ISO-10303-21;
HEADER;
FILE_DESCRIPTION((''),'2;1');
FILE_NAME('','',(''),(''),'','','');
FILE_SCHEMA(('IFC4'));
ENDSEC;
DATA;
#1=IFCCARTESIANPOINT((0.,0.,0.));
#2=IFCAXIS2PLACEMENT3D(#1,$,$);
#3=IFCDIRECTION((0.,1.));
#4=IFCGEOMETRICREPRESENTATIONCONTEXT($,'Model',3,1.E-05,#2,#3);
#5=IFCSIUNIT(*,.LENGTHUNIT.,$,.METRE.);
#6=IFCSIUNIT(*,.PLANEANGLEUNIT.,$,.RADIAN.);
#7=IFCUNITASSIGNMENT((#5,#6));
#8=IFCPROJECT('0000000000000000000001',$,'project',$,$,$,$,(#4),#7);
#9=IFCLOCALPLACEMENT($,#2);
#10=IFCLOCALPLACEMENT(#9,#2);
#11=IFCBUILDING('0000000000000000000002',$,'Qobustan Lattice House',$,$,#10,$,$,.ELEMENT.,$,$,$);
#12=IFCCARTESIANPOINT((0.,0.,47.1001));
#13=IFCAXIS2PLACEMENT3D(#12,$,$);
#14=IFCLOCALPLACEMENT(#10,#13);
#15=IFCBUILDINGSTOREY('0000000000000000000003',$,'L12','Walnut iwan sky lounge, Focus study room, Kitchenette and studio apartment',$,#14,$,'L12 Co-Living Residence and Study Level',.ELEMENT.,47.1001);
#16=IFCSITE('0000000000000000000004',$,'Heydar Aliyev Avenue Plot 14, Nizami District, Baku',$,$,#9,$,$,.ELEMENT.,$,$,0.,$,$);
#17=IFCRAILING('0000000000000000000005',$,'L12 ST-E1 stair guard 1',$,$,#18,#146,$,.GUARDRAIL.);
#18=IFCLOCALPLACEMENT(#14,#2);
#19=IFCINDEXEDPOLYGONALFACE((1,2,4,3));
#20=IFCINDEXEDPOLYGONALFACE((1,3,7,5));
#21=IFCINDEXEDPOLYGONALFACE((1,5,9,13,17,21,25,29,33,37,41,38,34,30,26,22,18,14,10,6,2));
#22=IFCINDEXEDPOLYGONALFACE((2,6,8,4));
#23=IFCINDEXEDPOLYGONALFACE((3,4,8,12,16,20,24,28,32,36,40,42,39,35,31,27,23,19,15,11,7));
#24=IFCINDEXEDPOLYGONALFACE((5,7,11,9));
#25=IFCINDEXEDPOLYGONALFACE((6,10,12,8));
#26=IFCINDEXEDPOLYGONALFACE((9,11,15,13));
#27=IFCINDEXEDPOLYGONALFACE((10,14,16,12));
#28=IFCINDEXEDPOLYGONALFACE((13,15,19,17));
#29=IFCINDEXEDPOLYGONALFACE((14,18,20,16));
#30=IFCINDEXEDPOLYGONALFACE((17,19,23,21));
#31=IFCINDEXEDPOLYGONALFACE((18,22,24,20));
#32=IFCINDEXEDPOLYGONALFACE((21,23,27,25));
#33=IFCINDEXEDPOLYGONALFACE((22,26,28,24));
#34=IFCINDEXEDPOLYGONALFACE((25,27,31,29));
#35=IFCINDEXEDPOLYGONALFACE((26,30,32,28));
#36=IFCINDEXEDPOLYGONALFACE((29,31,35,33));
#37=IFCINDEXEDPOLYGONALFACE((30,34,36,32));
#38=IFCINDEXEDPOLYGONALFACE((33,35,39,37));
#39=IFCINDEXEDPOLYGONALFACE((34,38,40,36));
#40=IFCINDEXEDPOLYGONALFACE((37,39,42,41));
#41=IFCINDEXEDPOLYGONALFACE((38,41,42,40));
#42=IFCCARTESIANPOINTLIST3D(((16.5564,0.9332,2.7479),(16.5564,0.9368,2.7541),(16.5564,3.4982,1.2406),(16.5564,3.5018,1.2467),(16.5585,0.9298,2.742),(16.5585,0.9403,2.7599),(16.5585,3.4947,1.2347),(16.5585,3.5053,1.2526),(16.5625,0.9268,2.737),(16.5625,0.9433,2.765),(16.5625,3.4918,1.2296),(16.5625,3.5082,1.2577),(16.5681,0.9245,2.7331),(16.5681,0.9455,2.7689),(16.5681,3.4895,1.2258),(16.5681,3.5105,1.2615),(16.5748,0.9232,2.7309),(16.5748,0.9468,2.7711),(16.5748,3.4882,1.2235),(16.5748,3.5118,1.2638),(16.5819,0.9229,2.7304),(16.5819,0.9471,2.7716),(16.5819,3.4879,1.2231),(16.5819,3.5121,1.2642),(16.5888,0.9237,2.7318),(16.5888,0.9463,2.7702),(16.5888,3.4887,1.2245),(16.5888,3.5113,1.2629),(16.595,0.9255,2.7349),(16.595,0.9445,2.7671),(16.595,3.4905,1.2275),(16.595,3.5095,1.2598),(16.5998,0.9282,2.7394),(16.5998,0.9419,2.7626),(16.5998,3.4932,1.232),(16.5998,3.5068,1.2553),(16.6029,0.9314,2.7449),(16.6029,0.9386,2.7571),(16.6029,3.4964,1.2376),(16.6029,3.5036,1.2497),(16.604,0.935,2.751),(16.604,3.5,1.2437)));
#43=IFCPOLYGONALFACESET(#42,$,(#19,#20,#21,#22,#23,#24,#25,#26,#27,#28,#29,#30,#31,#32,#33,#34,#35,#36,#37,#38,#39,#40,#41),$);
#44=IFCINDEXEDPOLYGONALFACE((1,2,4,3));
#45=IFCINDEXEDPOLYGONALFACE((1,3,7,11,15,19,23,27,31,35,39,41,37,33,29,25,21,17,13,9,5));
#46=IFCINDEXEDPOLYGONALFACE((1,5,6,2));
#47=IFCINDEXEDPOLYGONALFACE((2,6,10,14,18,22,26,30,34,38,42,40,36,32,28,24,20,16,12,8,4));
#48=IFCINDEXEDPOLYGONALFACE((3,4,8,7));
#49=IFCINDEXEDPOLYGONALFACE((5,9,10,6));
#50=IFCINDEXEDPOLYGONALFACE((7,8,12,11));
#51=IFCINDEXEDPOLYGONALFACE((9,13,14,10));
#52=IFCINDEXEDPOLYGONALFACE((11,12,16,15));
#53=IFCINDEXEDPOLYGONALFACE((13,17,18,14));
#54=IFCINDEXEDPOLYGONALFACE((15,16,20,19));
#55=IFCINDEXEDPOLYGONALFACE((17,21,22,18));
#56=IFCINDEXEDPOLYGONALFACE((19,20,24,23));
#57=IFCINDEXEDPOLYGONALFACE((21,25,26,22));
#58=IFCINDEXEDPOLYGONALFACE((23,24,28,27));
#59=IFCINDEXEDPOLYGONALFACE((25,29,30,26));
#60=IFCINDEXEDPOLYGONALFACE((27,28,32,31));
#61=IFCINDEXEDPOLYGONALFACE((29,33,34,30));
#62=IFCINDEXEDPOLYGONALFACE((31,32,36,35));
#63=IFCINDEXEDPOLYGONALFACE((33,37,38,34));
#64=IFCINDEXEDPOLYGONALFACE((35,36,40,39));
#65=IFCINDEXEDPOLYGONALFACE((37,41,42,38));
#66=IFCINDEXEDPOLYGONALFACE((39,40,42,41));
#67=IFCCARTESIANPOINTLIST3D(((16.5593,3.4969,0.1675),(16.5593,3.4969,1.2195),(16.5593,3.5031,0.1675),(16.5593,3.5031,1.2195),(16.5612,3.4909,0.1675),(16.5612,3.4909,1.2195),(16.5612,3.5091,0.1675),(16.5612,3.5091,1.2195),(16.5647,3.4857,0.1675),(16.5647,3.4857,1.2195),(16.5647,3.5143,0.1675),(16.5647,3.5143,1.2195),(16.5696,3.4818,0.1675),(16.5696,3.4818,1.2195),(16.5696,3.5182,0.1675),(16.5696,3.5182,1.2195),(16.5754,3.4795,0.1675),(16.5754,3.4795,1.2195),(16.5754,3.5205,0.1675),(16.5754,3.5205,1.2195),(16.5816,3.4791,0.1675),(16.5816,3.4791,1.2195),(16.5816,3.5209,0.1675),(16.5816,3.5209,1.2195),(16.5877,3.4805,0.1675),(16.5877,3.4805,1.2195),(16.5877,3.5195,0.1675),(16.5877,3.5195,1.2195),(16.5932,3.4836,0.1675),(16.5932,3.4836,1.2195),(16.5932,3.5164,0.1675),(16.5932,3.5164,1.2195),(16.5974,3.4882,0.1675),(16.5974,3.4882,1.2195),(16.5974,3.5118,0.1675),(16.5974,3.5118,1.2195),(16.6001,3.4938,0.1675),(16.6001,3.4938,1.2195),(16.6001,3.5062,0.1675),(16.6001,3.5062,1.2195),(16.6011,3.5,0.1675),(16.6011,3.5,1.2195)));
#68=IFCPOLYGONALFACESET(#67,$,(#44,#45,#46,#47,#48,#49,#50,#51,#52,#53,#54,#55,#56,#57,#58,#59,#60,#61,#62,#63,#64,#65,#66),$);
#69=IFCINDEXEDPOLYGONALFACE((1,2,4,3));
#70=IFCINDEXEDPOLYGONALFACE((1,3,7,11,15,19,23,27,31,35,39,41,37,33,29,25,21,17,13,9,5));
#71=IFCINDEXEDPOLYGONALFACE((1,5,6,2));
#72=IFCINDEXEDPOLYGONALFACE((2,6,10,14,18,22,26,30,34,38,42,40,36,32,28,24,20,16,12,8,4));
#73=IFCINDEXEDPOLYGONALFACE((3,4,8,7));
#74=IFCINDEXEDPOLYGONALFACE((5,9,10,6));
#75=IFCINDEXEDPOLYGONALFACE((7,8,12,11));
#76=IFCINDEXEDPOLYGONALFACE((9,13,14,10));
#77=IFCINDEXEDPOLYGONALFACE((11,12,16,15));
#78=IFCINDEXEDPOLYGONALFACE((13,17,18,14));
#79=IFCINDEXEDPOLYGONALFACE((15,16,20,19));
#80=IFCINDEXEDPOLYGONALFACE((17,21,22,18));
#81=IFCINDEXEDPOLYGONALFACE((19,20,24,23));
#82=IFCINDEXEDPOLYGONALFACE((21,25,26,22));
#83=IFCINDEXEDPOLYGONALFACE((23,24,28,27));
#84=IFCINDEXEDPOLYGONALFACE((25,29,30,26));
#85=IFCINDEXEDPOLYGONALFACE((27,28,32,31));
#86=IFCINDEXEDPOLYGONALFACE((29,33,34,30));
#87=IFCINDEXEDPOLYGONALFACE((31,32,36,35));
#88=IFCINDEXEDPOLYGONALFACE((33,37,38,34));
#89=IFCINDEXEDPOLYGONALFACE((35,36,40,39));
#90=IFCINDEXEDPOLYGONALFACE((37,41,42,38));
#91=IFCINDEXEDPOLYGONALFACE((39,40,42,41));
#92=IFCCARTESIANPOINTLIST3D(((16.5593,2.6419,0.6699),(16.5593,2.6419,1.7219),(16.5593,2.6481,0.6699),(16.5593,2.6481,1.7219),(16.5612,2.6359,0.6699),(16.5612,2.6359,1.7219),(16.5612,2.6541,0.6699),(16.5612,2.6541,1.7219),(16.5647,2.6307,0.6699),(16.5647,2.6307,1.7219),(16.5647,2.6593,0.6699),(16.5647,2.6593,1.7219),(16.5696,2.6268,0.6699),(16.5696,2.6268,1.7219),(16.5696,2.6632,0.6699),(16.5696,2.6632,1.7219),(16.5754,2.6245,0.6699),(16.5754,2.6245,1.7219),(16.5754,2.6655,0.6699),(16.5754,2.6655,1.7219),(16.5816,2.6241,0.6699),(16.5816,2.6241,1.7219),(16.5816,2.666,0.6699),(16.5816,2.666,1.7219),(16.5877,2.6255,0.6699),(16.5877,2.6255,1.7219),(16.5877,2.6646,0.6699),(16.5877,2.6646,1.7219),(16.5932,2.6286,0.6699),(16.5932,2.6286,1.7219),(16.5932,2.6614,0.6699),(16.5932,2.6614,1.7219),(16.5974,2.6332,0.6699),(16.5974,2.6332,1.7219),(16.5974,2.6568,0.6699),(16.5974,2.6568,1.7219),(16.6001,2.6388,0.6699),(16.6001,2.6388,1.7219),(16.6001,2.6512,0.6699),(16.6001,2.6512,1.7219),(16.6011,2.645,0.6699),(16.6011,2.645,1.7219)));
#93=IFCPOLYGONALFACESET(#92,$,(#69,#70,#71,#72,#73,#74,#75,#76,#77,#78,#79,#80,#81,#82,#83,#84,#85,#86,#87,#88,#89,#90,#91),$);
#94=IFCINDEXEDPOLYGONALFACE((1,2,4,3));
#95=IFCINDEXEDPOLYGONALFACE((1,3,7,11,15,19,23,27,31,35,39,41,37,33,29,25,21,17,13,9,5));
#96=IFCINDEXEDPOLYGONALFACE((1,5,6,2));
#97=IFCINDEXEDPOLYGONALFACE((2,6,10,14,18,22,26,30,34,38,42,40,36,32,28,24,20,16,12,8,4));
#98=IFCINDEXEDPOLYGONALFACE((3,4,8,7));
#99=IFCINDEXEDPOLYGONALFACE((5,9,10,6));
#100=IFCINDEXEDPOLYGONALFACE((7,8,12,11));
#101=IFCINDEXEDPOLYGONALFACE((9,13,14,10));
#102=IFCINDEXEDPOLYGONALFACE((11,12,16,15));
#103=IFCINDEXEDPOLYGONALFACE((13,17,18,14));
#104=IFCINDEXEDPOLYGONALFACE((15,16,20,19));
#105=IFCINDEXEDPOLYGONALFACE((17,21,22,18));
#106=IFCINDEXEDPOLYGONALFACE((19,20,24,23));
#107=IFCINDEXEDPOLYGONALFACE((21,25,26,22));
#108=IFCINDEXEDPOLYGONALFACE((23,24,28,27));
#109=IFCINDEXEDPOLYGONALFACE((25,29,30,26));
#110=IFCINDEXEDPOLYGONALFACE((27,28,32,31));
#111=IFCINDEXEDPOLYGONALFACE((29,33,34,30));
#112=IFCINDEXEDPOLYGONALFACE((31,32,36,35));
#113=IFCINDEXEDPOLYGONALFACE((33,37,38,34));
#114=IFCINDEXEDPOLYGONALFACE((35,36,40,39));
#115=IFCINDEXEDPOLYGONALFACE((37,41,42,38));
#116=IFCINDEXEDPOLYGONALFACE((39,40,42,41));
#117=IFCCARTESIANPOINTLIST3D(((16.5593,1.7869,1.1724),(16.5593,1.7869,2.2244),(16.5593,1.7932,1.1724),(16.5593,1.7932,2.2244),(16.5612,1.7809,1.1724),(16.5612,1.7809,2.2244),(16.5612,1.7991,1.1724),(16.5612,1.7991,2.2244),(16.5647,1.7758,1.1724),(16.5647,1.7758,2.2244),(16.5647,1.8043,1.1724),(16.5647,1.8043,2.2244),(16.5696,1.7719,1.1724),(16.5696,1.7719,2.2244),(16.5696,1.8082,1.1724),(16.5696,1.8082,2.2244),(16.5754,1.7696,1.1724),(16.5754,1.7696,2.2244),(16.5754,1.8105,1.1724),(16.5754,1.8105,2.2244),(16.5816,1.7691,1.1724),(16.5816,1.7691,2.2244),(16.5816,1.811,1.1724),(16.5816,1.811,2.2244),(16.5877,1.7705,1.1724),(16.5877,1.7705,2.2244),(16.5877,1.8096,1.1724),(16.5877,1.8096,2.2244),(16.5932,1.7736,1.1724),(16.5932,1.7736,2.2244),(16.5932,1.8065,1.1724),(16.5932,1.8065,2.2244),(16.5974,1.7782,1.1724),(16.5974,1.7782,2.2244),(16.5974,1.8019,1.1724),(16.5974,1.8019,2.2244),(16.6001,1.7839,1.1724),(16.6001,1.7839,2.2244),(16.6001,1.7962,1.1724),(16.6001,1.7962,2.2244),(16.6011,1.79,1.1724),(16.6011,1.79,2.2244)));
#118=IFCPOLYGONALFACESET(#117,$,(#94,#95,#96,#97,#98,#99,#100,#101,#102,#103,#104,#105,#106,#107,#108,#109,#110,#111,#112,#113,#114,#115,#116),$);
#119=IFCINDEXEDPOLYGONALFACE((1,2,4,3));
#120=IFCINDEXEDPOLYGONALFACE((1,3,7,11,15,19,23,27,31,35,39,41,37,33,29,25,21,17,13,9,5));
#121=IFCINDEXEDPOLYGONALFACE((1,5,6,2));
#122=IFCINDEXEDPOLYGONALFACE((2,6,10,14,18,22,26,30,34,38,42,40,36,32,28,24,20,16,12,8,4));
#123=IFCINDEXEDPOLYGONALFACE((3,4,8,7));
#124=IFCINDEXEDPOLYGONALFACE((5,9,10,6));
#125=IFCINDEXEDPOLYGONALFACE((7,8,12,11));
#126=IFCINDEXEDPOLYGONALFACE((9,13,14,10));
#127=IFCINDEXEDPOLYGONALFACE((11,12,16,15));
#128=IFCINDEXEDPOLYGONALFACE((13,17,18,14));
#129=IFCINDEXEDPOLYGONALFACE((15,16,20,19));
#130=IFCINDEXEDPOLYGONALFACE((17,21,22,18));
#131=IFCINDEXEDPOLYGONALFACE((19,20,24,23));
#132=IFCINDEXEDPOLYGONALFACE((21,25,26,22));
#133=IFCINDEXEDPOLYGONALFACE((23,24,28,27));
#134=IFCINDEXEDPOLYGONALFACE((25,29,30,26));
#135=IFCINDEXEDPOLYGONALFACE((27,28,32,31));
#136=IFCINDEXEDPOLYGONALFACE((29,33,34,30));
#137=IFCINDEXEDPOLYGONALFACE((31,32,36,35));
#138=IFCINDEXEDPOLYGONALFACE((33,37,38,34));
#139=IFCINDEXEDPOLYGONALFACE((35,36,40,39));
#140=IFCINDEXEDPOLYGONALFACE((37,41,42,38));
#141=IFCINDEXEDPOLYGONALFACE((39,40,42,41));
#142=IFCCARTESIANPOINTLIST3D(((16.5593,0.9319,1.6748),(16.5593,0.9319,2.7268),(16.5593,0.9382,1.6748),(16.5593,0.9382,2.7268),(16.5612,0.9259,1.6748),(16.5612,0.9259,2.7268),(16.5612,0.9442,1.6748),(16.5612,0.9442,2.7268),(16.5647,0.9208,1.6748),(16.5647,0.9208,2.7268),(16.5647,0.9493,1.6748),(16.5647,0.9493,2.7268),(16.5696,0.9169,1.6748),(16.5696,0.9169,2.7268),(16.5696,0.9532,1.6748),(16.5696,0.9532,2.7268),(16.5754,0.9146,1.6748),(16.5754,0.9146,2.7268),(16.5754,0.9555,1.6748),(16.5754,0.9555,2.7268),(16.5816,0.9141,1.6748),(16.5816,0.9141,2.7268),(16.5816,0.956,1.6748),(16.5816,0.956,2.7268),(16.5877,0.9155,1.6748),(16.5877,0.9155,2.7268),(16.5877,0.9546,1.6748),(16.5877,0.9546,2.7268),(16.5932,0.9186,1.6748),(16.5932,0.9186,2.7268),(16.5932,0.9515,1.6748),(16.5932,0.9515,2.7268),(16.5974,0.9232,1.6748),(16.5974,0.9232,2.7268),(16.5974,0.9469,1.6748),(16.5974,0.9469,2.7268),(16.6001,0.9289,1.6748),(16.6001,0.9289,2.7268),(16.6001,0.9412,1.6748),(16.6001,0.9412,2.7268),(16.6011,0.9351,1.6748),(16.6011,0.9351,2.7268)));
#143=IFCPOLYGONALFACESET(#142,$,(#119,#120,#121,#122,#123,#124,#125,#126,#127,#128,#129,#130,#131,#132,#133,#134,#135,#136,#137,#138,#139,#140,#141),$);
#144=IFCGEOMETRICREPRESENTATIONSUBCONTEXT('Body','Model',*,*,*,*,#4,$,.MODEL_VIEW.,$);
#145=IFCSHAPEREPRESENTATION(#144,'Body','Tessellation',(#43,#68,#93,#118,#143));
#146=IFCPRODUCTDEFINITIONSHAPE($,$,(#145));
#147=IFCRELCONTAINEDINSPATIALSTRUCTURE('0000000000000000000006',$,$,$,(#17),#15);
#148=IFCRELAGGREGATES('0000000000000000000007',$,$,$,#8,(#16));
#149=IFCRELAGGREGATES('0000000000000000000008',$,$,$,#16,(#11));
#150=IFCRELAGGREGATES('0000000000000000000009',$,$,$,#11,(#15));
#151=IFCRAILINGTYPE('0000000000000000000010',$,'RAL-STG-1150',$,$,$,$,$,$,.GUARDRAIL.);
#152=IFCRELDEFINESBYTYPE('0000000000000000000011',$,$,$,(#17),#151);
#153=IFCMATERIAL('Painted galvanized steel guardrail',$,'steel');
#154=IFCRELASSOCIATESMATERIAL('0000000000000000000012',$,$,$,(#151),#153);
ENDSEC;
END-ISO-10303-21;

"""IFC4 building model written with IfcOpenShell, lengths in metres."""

from ifc_helpers import new_model, si_unit, direction, frame, origin, origin_2d, place, context, subcontext, project, spatial, circle, extrude, material, type_object, element, save


model = new_model("IFC4")

# Units and contexts
model_context = context("Model", 3, precision=1e-05, world=origin(), true_north=direction((0.0, 1.0)))
body_context = subcontext(model_context, "Body", "Model", "MODEL_VIEW")
ifc_project = project(units=[si_unit("LENGTHUNIT", "METRE"), si_unit("PLANEANGLEUNIT", "RADIAN")], contexts=[model_context])

# Site, building, storey
site_placement = place(None, origin())
site = spatial("IfcSite", under=ifc_project, at=site_placement, Name="Heydar Aliyev Avenue Plot 14, Nizami District, Baku", CompositionType="ELEMENT", RefElevation=0.0)
building_placement = place(site_placement, origin())
building = spatial("IfcBuilding", under=site, at=building_placement, Name="Qobustan Lattice House", CompositionType="ELEMENT")
storey_placement = place(building_placement, frame((0.0, 0.0, 47.1001)))
storey = spatial("IfcBuildingStorey", under=building, at=storey_placement, Name="L12", Description="Walnut iwan sky lounge, Focus study room, Kitchenette and studio apartment", LongName="L12 Co-Living Residence and Study Level", CompositionType="ELEMENT", Elevation=47.1001)

# Railing
ifc_material_1 = material(Name="Painted galvanized steel guardrail", Category="steel")
railing_type_1 = type_object("IfcRailingType", Name="RAL-STG-1150", PredefinedType="GUARDRAIL", material=ifc_material_1)
railing_1_placement = place(storey_placement, frame((16.5801, 3.5, 0.1675)))
element("IfcRailing", 1, at=railing_1_placement, inside=storey, type_object=railing_type_1, Name="L12 ST-E1 stair guard 1", PredefinedType="GUARDRAIL", context=body_context, shape_type="SweptSolid", body=[
    extrude(circle(Radius=0.0239, at=origin_2d()), frame((0.0, 0.0, 1.0762), z_axis=(0.0, -0.862149, 0.506654), x_axis=(1.0, 0.0, 0.0)), (0.0, 0.0, 1.0), 2.9751),
    extrude(circle(Radius=0.021, at=origin_2d()), origin(), (0.0, 0.0, 1.0), 1.052),
    extrude(circle(Radius=0.021, at=origin_2d()), frame((0.0, -0.855, 0.5024)), (0.0, 0.0, 1.0), 1.052),
    extrude(circle(Radius=0.021, at=origin_2d()), frame((0.0, -1.71, 1.0049)), (0.0, 0.0, 1.0), 1.052),
    extrude(circle(Radius=0.021, at=origin_2d()), frame((0.0, -2.5649, 1.5073)), (0.0, 0.0, 1.0), 1.052),
])

save(model, "model.ifc")
